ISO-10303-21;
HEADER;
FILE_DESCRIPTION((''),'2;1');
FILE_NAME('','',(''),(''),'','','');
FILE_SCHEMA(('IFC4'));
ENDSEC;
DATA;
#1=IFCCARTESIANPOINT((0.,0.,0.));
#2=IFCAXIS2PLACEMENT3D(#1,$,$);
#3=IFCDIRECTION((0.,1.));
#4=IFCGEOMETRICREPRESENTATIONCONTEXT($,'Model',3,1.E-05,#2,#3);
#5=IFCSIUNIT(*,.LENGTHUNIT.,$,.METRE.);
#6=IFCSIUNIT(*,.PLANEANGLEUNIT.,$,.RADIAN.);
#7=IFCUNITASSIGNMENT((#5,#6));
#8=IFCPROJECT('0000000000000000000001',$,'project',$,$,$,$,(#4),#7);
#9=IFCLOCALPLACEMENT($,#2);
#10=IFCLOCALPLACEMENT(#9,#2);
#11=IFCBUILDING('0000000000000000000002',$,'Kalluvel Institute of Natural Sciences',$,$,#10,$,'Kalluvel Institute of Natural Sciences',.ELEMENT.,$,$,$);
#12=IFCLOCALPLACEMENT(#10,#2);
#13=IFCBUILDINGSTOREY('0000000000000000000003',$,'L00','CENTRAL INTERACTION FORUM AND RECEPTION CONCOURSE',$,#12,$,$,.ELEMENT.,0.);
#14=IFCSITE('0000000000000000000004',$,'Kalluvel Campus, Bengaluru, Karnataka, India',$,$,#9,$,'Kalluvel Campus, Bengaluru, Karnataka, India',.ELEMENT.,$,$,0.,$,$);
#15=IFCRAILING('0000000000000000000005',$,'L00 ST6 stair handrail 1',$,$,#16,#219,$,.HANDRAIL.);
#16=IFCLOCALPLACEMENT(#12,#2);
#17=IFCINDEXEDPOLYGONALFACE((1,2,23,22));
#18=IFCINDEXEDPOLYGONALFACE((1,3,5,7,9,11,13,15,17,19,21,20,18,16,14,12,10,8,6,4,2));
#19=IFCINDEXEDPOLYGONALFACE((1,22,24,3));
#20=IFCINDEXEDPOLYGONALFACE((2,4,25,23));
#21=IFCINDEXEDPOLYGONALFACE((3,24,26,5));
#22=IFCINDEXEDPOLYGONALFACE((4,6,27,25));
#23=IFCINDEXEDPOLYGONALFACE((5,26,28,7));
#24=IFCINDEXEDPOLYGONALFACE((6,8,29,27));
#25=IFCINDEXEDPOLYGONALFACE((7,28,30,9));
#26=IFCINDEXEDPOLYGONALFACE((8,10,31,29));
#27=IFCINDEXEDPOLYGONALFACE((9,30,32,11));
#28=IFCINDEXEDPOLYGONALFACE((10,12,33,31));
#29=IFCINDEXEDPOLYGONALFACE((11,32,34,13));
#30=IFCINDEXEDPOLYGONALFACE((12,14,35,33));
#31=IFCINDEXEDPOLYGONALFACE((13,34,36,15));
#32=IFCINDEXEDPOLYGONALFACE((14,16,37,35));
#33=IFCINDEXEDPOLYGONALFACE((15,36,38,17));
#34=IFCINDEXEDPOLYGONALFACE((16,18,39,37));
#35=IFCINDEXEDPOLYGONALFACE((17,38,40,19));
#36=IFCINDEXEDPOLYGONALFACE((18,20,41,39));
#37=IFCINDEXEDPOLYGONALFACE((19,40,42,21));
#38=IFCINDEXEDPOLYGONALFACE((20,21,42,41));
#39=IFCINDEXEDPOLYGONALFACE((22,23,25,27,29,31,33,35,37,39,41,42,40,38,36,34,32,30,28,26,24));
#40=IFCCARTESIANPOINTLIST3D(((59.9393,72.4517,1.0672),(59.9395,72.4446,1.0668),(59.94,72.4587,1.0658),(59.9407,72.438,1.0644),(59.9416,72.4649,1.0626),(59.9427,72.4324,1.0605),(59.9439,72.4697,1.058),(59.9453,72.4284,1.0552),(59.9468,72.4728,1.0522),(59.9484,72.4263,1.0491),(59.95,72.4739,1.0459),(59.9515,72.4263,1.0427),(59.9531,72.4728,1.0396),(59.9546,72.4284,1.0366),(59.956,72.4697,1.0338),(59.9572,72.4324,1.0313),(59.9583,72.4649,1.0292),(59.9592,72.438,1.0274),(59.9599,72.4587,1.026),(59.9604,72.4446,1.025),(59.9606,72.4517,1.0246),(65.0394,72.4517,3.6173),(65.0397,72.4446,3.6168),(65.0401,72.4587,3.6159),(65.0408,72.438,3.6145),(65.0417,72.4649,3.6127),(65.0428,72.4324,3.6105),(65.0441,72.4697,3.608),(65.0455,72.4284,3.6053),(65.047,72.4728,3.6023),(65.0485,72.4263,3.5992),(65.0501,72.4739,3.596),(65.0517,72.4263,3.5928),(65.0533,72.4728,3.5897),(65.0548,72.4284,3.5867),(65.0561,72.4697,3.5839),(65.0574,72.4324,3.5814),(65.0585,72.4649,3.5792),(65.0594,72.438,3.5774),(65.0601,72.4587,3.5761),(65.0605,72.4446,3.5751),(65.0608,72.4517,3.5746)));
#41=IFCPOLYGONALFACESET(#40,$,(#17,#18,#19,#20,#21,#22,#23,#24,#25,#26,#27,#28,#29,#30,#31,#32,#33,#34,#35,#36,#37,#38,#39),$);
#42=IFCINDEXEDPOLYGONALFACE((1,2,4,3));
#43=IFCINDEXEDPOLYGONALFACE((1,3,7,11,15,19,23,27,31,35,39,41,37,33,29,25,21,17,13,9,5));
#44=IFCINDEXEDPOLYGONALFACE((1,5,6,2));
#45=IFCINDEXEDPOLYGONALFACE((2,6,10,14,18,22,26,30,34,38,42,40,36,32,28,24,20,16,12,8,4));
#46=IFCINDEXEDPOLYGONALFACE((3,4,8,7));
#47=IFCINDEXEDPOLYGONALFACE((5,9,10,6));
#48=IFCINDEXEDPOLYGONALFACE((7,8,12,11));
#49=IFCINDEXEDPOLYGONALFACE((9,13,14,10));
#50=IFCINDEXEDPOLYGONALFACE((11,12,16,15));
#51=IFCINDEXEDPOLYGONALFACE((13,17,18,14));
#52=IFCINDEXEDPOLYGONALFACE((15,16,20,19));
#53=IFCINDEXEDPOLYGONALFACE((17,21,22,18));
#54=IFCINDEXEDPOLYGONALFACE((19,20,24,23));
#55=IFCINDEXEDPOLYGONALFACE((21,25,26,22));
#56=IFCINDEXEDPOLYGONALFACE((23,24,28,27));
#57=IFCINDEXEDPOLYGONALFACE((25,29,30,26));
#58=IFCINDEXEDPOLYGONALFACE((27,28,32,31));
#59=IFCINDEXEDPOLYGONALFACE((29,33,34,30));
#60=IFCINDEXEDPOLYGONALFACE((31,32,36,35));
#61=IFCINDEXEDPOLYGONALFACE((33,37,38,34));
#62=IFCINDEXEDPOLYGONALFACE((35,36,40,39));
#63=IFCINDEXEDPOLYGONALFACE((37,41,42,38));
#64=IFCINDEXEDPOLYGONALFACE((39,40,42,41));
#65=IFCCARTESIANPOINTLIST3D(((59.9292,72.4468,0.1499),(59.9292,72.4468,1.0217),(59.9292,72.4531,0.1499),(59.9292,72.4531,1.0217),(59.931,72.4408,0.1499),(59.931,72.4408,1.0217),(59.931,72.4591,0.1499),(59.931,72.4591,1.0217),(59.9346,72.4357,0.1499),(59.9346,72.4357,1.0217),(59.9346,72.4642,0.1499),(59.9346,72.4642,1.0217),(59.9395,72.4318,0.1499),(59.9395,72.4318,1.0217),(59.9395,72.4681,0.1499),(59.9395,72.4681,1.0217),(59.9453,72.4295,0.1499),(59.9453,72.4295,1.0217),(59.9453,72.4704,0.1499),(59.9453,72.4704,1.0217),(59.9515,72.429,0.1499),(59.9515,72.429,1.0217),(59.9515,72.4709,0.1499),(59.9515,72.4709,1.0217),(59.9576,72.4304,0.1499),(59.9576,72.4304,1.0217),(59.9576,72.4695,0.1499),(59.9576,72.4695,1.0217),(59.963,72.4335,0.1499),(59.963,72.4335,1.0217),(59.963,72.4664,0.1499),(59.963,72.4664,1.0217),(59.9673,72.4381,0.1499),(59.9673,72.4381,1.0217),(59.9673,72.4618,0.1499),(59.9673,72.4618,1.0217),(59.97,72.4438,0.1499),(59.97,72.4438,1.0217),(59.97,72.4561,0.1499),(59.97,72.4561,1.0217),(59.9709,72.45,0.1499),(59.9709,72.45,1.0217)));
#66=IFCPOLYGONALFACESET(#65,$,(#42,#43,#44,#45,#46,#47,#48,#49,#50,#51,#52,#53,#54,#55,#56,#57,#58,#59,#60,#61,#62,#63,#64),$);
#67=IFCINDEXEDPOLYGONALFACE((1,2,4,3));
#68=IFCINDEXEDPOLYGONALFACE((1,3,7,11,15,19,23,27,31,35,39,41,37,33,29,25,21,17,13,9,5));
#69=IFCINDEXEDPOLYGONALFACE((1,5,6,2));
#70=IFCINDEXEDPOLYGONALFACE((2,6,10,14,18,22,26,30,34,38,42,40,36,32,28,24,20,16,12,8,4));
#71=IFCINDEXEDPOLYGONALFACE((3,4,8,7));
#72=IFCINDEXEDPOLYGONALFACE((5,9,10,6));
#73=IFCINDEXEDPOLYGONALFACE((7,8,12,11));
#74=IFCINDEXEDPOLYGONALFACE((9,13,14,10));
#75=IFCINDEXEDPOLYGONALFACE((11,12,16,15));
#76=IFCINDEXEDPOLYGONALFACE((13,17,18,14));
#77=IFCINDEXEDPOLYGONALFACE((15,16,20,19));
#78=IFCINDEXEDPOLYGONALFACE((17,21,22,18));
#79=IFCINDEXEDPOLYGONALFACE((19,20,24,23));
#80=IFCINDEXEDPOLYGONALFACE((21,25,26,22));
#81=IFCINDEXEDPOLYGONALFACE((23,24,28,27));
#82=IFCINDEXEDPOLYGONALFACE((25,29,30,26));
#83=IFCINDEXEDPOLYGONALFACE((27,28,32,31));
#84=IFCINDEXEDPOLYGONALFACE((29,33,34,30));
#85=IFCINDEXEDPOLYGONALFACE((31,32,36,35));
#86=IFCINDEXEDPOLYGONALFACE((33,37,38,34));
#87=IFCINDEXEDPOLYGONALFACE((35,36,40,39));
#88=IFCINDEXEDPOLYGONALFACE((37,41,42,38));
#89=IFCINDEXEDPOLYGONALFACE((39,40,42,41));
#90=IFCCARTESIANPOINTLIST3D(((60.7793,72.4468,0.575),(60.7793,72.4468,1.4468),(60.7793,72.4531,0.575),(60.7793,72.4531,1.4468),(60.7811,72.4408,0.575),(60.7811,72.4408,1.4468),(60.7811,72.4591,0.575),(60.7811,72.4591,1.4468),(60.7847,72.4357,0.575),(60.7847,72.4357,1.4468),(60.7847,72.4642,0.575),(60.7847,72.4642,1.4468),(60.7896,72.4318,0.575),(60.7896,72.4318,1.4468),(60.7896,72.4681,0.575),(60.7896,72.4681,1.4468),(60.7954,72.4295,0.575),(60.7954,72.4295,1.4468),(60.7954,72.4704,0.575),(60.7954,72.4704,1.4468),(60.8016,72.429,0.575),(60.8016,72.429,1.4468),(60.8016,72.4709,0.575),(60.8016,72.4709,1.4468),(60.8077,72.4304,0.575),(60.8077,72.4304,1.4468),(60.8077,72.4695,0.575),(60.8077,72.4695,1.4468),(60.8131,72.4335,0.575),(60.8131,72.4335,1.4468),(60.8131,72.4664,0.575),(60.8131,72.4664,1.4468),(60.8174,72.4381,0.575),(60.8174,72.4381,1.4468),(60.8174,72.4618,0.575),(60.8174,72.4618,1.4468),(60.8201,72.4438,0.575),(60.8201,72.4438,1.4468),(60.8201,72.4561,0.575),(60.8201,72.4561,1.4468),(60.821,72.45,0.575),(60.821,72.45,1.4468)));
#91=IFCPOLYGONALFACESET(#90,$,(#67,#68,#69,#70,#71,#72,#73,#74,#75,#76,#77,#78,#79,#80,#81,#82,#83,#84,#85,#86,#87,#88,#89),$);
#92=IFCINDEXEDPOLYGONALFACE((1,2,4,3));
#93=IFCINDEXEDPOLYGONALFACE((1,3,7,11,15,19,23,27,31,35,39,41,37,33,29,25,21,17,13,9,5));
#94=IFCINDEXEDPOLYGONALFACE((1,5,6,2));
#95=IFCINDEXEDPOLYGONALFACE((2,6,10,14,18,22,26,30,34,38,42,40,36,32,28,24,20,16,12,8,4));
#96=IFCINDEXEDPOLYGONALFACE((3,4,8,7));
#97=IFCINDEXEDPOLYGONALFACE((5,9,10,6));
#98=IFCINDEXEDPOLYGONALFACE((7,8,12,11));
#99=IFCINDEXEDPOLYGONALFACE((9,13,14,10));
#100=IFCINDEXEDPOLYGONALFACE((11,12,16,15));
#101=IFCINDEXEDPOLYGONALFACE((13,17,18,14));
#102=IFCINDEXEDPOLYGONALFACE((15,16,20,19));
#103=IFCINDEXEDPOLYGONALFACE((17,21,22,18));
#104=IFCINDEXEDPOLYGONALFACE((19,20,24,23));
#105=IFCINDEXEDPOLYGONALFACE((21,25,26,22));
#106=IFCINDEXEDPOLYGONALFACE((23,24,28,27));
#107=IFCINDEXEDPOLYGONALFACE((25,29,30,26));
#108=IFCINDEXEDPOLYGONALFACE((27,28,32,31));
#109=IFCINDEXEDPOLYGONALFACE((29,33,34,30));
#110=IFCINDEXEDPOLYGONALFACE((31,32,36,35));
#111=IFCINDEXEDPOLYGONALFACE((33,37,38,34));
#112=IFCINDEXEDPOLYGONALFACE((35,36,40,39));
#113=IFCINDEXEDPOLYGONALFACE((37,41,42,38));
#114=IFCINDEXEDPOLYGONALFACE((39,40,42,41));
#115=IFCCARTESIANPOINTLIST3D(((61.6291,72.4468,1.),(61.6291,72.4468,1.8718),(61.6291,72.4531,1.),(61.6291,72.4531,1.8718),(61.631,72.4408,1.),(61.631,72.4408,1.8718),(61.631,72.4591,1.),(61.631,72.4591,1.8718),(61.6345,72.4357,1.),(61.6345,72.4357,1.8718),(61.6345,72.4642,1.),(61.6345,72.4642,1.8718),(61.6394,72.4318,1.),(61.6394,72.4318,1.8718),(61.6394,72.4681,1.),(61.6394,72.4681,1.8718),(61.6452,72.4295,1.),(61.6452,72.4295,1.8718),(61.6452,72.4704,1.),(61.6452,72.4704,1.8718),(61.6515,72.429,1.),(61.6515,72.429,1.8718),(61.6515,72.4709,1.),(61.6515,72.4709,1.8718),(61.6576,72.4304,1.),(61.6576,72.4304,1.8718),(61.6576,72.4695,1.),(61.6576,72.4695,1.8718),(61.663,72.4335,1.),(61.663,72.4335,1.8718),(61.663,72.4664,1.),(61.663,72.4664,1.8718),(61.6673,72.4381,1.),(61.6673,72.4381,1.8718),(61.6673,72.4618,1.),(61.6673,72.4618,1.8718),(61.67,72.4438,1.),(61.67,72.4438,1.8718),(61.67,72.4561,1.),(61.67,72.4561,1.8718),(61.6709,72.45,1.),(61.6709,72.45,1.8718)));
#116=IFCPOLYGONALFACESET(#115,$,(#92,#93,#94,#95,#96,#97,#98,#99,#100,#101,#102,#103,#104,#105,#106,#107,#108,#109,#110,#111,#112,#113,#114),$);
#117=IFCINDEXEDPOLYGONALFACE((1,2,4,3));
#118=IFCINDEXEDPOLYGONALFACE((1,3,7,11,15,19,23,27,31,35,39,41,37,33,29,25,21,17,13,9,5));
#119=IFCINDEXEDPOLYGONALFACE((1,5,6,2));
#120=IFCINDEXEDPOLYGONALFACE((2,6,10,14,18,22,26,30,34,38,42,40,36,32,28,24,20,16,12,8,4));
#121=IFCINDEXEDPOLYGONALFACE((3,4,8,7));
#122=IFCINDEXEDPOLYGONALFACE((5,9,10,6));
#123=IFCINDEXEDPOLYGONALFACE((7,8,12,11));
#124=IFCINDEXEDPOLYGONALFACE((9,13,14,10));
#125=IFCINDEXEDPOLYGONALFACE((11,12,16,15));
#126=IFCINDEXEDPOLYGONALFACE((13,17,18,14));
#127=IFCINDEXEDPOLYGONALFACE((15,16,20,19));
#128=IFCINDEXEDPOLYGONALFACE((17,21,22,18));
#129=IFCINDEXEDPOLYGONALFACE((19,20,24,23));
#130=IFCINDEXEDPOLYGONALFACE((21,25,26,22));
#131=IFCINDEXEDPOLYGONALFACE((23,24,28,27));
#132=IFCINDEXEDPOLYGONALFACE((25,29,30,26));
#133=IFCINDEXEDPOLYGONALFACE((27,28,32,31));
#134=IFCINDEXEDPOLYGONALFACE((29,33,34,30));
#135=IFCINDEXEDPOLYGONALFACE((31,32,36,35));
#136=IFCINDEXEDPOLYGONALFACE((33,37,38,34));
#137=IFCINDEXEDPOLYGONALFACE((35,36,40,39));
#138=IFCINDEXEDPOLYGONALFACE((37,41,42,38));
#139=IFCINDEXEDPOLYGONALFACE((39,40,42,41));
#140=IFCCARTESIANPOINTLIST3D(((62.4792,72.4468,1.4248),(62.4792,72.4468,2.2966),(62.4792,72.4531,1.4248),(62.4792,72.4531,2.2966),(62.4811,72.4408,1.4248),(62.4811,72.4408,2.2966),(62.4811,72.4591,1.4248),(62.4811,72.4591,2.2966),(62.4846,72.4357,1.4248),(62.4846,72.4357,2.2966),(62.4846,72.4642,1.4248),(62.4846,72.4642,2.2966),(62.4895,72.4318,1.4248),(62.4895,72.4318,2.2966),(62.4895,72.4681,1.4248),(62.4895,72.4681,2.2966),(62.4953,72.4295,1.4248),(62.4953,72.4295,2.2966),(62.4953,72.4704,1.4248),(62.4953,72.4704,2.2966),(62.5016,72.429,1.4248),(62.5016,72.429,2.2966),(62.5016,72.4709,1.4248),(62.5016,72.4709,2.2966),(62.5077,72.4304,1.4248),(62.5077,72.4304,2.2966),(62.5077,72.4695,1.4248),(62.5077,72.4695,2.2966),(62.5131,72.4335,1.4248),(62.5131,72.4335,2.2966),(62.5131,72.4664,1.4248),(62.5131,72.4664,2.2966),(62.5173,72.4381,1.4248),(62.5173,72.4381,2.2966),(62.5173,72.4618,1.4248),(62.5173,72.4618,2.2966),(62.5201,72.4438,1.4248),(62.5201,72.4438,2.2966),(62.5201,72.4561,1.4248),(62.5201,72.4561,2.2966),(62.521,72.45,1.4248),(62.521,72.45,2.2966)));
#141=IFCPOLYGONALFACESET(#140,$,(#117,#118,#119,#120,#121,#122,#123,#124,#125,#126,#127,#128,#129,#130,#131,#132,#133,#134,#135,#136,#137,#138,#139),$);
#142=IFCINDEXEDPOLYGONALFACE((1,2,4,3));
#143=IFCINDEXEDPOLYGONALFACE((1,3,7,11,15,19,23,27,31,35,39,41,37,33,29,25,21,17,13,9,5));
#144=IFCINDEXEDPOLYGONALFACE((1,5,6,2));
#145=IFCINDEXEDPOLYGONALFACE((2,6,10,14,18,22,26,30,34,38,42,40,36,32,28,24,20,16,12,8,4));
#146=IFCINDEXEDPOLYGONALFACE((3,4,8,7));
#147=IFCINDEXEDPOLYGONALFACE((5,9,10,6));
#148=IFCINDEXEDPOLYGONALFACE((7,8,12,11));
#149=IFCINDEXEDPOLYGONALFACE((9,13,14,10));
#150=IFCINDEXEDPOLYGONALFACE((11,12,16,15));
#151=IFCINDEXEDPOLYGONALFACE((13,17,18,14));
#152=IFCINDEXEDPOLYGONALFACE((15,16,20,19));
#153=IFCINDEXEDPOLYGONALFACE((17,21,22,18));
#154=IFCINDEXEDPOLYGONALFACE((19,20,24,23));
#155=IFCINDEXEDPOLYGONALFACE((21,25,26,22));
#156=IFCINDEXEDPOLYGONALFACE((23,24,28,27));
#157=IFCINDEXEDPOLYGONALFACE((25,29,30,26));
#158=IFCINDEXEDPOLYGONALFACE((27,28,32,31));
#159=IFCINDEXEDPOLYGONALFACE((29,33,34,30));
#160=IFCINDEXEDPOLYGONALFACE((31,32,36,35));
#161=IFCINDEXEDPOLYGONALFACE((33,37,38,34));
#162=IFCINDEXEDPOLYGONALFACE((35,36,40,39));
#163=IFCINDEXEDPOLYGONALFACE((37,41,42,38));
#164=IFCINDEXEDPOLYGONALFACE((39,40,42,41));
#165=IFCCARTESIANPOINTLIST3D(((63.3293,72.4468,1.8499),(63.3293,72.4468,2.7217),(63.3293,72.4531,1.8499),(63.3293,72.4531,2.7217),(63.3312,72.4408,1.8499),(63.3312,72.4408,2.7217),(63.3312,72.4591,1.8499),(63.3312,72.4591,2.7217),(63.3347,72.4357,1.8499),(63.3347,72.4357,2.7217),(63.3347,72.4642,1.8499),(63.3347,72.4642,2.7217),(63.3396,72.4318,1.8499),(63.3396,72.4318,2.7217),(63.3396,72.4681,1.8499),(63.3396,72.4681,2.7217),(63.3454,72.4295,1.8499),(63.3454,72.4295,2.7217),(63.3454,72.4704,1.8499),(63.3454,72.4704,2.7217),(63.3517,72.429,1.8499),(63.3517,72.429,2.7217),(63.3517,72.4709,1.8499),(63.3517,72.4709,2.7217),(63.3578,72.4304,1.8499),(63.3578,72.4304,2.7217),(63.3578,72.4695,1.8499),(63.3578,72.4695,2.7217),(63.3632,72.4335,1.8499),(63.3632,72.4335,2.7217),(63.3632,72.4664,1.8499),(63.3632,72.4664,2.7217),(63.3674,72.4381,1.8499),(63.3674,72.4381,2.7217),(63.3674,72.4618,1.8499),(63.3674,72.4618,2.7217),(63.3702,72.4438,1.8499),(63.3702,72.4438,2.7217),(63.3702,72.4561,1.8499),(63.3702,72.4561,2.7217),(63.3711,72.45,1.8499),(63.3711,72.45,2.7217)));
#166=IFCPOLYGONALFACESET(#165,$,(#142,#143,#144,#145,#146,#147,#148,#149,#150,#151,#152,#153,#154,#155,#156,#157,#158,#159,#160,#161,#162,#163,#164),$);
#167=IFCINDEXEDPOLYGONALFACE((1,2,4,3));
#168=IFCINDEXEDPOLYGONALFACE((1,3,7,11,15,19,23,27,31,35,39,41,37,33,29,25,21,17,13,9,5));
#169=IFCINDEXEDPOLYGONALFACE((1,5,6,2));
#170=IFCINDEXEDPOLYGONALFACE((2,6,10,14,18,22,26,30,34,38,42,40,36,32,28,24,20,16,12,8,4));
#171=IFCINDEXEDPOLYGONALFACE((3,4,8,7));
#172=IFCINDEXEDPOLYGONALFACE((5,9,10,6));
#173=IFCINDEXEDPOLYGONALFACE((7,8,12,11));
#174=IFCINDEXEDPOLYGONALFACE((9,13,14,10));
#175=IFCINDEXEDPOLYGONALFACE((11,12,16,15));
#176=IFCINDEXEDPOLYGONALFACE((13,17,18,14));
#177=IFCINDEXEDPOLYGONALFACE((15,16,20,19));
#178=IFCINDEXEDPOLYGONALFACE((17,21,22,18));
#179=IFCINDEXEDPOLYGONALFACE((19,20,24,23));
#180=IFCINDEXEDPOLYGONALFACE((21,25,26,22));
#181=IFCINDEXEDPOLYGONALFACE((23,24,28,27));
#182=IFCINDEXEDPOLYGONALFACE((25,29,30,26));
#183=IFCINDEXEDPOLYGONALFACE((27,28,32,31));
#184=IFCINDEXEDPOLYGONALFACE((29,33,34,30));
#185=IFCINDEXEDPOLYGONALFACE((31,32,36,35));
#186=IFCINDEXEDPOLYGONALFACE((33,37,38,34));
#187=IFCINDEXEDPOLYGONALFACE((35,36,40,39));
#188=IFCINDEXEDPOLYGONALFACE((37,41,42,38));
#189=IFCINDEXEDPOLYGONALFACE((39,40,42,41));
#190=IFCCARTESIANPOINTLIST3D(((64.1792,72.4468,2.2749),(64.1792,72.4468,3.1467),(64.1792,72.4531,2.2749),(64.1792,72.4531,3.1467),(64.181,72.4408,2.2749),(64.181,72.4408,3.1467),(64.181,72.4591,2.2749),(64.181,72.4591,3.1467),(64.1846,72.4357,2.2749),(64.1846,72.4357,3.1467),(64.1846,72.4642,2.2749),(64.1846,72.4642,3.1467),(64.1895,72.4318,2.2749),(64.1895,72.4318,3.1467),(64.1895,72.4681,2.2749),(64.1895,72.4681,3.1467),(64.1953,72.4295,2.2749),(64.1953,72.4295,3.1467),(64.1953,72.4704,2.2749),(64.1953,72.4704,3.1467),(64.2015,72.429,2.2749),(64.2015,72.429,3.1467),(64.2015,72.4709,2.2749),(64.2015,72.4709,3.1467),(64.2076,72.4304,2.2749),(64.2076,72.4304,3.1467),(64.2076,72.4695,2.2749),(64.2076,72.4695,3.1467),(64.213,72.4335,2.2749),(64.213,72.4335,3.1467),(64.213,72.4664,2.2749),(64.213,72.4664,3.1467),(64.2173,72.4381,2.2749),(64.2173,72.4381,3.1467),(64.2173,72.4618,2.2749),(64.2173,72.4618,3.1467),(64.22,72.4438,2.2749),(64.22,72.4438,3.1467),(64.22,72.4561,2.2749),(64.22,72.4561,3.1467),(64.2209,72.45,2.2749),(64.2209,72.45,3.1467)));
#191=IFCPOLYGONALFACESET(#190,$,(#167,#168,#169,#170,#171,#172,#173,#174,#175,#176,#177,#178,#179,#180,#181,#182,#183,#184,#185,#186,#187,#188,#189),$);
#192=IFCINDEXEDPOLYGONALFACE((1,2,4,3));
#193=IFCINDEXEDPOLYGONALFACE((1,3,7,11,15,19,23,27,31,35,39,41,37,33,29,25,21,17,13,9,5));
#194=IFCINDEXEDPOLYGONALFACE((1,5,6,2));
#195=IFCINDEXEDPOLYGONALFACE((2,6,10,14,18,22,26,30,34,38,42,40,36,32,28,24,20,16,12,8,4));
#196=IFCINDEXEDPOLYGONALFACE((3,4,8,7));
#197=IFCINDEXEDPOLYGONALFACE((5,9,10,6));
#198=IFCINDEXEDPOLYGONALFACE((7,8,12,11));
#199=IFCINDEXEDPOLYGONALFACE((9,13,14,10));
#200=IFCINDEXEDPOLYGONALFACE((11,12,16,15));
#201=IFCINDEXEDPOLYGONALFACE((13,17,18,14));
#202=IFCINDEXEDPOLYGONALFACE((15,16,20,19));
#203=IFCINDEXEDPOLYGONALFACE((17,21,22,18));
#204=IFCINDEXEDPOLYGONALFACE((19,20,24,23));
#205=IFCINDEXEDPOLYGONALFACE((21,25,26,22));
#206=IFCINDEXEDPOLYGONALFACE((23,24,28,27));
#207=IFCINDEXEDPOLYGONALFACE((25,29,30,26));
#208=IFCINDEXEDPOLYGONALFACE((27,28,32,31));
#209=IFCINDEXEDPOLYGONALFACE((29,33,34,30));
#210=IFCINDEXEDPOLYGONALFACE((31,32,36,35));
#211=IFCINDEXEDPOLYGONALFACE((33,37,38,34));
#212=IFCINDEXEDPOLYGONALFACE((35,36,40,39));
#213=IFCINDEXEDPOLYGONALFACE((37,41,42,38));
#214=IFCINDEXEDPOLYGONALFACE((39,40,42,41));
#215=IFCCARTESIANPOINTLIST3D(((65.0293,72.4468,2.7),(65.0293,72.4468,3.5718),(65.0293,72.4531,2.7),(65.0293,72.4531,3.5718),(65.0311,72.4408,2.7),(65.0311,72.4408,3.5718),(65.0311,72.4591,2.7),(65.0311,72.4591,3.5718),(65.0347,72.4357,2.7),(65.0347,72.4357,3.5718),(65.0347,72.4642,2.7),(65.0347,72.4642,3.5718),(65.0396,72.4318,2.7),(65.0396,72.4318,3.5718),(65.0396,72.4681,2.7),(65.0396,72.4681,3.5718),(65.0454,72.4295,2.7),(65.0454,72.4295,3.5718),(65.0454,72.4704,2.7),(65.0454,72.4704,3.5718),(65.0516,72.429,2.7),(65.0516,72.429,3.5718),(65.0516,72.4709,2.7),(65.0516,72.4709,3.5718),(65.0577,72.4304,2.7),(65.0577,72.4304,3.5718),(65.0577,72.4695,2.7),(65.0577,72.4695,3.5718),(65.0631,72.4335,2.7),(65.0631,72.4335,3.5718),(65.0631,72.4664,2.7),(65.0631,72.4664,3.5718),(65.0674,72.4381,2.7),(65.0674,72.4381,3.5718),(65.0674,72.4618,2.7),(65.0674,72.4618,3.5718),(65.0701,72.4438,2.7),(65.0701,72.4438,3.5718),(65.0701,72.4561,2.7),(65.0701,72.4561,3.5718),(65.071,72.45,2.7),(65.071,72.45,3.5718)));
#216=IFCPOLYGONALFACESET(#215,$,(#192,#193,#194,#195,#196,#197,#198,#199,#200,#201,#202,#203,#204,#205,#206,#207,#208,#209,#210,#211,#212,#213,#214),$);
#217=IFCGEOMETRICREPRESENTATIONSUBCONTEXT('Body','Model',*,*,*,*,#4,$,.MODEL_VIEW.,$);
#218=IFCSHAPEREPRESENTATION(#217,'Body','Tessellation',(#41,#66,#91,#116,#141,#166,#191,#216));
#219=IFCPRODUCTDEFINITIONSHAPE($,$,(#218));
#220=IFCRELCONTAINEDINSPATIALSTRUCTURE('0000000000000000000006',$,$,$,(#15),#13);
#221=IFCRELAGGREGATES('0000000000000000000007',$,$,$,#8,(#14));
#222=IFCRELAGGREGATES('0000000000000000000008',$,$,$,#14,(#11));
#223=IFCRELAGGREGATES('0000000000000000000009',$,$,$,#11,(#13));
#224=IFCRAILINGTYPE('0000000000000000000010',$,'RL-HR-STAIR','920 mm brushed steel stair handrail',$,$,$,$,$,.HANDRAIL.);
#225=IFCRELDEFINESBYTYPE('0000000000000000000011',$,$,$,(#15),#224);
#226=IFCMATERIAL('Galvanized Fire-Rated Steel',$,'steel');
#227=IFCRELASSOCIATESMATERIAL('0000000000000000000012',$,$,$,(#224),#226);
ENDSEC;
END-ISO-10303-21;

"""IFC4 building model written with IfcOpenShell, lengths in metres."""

from ifc_helpers import new_model, si_unit, direction, frame, origin, origin_2d, place, context, subcontext, project, spatial, circle, extrude, material, type_object, element, save


model = new_model("IFC4")

# Units and contexts
model_context = context("Model", 3, precision=1e-05, world=origin(), true_north=direction((0.0, 1.0)))
body_context = subcontext(model_context, "Body", "Model", "MODEL_VIEW")
ifc_project = project(units=[si_unit("LENGTHUNIT", "METRE"), si_unit("PLANEANGLEUNIT", "RADIAN")], contexts=[model_context])

# Site, building, storey
site_placement = place(None, origin())
site = spatial("IfcSite", under=ifc_project, at=site_placement, Name="Kalluvel Campus, Bengaluru, Karnataka, India", LongName="Kalluvel Campus, Bengaluru, Karnataka, India", CompositionType="ELEMENT", RefElevation=0.0)
building_placement = place(site_placement, origin())
building = spatial("IfcBuilding", under=site, at=building_placement, Name="Kalluvel Institute of Natural Sciences", LongName="Kalluvel Institute of Natural Sciences", CompositionType="ELEMENT")
storey_placement = place(building_placement, origin())
storey = spatial("IfcBuildingStorey", under=building, at=storey_placement, Name="L00", Description="CENTRAL INTERACTION FORUM AND RECEPTION CONCOURSE", CompositionType="ELEMENT", Elevation=0.0)

# Railing
ifc_material_1 = material(Name="Galvanized Fire-Rated Steel", Category="steel")
railing_type_1 = type_object("IfcRailingType", Name="RL-HR-STAIR", Description="920 mm brushed steel stair handrail", PredefinedType="HANDRAIL", material=ifc_material_1)
railing_1_placement = place(storey_placement, frame((59.95, 72.45, 0.1499)))
element("IfcRailing", 1, at=railing_1_placement, inside=storey, type_object=railing_type_1, Name="L00 ST6 stair handrail 1", PredefinedType="HANDRAIL", context=body_context, shape_type="SweptSolid", body=[
    extrude(circle(Radius=0.0239, at=origin_2d()), frame((0.0, 0.0, 0.896), z_axis=(0.894427, 0.0, 0.447214), x_axis=(0.0, 1.0, 0.0)), (0.0, 0.0, 1.0), 5.7021),
    extrude(circle(Radius=0.021, at=origin_2d()), origin(), (0.0, 0.0, 1.0), 0.8718),
    extrude(circle(Radius=0.021, at=origin_2d()), frame((0.8501, 0.0, 0.425)), (0.0, 0.0, 1.0), 0.8718),
    extrude(circle(Radius=0.021, at=origin_2d()), frame((1.7, 0.0, 0.8501)), (0.0, 0.0, 1.0), 0.8718),
    extrude(circle(Radius=0.021, at=origin_2d()), frame((2.55, 0.0, 1.2749)), (0.0, 0.0, 1.0), 0.8718),
    extrude(circle(Radius=0.021, at=origin_2d()), frame((3.4001, 0.0, 1.7)), (0.0, 0.0, 1.0), 0.8718),
    extrude(circle(Radius=0.021, at=origin_2d()), frame((4.25, 0.0, 2.125)), (0.0, 0.0, 1.0), 0.8718),
    extrude(circle(Radius=0.021, at=origin_2d()), frame((5.1001, 0.0, 2.55)), (0.0, 0.0, 1.0), 0.8718),
])

save(model, "model.ifc")
